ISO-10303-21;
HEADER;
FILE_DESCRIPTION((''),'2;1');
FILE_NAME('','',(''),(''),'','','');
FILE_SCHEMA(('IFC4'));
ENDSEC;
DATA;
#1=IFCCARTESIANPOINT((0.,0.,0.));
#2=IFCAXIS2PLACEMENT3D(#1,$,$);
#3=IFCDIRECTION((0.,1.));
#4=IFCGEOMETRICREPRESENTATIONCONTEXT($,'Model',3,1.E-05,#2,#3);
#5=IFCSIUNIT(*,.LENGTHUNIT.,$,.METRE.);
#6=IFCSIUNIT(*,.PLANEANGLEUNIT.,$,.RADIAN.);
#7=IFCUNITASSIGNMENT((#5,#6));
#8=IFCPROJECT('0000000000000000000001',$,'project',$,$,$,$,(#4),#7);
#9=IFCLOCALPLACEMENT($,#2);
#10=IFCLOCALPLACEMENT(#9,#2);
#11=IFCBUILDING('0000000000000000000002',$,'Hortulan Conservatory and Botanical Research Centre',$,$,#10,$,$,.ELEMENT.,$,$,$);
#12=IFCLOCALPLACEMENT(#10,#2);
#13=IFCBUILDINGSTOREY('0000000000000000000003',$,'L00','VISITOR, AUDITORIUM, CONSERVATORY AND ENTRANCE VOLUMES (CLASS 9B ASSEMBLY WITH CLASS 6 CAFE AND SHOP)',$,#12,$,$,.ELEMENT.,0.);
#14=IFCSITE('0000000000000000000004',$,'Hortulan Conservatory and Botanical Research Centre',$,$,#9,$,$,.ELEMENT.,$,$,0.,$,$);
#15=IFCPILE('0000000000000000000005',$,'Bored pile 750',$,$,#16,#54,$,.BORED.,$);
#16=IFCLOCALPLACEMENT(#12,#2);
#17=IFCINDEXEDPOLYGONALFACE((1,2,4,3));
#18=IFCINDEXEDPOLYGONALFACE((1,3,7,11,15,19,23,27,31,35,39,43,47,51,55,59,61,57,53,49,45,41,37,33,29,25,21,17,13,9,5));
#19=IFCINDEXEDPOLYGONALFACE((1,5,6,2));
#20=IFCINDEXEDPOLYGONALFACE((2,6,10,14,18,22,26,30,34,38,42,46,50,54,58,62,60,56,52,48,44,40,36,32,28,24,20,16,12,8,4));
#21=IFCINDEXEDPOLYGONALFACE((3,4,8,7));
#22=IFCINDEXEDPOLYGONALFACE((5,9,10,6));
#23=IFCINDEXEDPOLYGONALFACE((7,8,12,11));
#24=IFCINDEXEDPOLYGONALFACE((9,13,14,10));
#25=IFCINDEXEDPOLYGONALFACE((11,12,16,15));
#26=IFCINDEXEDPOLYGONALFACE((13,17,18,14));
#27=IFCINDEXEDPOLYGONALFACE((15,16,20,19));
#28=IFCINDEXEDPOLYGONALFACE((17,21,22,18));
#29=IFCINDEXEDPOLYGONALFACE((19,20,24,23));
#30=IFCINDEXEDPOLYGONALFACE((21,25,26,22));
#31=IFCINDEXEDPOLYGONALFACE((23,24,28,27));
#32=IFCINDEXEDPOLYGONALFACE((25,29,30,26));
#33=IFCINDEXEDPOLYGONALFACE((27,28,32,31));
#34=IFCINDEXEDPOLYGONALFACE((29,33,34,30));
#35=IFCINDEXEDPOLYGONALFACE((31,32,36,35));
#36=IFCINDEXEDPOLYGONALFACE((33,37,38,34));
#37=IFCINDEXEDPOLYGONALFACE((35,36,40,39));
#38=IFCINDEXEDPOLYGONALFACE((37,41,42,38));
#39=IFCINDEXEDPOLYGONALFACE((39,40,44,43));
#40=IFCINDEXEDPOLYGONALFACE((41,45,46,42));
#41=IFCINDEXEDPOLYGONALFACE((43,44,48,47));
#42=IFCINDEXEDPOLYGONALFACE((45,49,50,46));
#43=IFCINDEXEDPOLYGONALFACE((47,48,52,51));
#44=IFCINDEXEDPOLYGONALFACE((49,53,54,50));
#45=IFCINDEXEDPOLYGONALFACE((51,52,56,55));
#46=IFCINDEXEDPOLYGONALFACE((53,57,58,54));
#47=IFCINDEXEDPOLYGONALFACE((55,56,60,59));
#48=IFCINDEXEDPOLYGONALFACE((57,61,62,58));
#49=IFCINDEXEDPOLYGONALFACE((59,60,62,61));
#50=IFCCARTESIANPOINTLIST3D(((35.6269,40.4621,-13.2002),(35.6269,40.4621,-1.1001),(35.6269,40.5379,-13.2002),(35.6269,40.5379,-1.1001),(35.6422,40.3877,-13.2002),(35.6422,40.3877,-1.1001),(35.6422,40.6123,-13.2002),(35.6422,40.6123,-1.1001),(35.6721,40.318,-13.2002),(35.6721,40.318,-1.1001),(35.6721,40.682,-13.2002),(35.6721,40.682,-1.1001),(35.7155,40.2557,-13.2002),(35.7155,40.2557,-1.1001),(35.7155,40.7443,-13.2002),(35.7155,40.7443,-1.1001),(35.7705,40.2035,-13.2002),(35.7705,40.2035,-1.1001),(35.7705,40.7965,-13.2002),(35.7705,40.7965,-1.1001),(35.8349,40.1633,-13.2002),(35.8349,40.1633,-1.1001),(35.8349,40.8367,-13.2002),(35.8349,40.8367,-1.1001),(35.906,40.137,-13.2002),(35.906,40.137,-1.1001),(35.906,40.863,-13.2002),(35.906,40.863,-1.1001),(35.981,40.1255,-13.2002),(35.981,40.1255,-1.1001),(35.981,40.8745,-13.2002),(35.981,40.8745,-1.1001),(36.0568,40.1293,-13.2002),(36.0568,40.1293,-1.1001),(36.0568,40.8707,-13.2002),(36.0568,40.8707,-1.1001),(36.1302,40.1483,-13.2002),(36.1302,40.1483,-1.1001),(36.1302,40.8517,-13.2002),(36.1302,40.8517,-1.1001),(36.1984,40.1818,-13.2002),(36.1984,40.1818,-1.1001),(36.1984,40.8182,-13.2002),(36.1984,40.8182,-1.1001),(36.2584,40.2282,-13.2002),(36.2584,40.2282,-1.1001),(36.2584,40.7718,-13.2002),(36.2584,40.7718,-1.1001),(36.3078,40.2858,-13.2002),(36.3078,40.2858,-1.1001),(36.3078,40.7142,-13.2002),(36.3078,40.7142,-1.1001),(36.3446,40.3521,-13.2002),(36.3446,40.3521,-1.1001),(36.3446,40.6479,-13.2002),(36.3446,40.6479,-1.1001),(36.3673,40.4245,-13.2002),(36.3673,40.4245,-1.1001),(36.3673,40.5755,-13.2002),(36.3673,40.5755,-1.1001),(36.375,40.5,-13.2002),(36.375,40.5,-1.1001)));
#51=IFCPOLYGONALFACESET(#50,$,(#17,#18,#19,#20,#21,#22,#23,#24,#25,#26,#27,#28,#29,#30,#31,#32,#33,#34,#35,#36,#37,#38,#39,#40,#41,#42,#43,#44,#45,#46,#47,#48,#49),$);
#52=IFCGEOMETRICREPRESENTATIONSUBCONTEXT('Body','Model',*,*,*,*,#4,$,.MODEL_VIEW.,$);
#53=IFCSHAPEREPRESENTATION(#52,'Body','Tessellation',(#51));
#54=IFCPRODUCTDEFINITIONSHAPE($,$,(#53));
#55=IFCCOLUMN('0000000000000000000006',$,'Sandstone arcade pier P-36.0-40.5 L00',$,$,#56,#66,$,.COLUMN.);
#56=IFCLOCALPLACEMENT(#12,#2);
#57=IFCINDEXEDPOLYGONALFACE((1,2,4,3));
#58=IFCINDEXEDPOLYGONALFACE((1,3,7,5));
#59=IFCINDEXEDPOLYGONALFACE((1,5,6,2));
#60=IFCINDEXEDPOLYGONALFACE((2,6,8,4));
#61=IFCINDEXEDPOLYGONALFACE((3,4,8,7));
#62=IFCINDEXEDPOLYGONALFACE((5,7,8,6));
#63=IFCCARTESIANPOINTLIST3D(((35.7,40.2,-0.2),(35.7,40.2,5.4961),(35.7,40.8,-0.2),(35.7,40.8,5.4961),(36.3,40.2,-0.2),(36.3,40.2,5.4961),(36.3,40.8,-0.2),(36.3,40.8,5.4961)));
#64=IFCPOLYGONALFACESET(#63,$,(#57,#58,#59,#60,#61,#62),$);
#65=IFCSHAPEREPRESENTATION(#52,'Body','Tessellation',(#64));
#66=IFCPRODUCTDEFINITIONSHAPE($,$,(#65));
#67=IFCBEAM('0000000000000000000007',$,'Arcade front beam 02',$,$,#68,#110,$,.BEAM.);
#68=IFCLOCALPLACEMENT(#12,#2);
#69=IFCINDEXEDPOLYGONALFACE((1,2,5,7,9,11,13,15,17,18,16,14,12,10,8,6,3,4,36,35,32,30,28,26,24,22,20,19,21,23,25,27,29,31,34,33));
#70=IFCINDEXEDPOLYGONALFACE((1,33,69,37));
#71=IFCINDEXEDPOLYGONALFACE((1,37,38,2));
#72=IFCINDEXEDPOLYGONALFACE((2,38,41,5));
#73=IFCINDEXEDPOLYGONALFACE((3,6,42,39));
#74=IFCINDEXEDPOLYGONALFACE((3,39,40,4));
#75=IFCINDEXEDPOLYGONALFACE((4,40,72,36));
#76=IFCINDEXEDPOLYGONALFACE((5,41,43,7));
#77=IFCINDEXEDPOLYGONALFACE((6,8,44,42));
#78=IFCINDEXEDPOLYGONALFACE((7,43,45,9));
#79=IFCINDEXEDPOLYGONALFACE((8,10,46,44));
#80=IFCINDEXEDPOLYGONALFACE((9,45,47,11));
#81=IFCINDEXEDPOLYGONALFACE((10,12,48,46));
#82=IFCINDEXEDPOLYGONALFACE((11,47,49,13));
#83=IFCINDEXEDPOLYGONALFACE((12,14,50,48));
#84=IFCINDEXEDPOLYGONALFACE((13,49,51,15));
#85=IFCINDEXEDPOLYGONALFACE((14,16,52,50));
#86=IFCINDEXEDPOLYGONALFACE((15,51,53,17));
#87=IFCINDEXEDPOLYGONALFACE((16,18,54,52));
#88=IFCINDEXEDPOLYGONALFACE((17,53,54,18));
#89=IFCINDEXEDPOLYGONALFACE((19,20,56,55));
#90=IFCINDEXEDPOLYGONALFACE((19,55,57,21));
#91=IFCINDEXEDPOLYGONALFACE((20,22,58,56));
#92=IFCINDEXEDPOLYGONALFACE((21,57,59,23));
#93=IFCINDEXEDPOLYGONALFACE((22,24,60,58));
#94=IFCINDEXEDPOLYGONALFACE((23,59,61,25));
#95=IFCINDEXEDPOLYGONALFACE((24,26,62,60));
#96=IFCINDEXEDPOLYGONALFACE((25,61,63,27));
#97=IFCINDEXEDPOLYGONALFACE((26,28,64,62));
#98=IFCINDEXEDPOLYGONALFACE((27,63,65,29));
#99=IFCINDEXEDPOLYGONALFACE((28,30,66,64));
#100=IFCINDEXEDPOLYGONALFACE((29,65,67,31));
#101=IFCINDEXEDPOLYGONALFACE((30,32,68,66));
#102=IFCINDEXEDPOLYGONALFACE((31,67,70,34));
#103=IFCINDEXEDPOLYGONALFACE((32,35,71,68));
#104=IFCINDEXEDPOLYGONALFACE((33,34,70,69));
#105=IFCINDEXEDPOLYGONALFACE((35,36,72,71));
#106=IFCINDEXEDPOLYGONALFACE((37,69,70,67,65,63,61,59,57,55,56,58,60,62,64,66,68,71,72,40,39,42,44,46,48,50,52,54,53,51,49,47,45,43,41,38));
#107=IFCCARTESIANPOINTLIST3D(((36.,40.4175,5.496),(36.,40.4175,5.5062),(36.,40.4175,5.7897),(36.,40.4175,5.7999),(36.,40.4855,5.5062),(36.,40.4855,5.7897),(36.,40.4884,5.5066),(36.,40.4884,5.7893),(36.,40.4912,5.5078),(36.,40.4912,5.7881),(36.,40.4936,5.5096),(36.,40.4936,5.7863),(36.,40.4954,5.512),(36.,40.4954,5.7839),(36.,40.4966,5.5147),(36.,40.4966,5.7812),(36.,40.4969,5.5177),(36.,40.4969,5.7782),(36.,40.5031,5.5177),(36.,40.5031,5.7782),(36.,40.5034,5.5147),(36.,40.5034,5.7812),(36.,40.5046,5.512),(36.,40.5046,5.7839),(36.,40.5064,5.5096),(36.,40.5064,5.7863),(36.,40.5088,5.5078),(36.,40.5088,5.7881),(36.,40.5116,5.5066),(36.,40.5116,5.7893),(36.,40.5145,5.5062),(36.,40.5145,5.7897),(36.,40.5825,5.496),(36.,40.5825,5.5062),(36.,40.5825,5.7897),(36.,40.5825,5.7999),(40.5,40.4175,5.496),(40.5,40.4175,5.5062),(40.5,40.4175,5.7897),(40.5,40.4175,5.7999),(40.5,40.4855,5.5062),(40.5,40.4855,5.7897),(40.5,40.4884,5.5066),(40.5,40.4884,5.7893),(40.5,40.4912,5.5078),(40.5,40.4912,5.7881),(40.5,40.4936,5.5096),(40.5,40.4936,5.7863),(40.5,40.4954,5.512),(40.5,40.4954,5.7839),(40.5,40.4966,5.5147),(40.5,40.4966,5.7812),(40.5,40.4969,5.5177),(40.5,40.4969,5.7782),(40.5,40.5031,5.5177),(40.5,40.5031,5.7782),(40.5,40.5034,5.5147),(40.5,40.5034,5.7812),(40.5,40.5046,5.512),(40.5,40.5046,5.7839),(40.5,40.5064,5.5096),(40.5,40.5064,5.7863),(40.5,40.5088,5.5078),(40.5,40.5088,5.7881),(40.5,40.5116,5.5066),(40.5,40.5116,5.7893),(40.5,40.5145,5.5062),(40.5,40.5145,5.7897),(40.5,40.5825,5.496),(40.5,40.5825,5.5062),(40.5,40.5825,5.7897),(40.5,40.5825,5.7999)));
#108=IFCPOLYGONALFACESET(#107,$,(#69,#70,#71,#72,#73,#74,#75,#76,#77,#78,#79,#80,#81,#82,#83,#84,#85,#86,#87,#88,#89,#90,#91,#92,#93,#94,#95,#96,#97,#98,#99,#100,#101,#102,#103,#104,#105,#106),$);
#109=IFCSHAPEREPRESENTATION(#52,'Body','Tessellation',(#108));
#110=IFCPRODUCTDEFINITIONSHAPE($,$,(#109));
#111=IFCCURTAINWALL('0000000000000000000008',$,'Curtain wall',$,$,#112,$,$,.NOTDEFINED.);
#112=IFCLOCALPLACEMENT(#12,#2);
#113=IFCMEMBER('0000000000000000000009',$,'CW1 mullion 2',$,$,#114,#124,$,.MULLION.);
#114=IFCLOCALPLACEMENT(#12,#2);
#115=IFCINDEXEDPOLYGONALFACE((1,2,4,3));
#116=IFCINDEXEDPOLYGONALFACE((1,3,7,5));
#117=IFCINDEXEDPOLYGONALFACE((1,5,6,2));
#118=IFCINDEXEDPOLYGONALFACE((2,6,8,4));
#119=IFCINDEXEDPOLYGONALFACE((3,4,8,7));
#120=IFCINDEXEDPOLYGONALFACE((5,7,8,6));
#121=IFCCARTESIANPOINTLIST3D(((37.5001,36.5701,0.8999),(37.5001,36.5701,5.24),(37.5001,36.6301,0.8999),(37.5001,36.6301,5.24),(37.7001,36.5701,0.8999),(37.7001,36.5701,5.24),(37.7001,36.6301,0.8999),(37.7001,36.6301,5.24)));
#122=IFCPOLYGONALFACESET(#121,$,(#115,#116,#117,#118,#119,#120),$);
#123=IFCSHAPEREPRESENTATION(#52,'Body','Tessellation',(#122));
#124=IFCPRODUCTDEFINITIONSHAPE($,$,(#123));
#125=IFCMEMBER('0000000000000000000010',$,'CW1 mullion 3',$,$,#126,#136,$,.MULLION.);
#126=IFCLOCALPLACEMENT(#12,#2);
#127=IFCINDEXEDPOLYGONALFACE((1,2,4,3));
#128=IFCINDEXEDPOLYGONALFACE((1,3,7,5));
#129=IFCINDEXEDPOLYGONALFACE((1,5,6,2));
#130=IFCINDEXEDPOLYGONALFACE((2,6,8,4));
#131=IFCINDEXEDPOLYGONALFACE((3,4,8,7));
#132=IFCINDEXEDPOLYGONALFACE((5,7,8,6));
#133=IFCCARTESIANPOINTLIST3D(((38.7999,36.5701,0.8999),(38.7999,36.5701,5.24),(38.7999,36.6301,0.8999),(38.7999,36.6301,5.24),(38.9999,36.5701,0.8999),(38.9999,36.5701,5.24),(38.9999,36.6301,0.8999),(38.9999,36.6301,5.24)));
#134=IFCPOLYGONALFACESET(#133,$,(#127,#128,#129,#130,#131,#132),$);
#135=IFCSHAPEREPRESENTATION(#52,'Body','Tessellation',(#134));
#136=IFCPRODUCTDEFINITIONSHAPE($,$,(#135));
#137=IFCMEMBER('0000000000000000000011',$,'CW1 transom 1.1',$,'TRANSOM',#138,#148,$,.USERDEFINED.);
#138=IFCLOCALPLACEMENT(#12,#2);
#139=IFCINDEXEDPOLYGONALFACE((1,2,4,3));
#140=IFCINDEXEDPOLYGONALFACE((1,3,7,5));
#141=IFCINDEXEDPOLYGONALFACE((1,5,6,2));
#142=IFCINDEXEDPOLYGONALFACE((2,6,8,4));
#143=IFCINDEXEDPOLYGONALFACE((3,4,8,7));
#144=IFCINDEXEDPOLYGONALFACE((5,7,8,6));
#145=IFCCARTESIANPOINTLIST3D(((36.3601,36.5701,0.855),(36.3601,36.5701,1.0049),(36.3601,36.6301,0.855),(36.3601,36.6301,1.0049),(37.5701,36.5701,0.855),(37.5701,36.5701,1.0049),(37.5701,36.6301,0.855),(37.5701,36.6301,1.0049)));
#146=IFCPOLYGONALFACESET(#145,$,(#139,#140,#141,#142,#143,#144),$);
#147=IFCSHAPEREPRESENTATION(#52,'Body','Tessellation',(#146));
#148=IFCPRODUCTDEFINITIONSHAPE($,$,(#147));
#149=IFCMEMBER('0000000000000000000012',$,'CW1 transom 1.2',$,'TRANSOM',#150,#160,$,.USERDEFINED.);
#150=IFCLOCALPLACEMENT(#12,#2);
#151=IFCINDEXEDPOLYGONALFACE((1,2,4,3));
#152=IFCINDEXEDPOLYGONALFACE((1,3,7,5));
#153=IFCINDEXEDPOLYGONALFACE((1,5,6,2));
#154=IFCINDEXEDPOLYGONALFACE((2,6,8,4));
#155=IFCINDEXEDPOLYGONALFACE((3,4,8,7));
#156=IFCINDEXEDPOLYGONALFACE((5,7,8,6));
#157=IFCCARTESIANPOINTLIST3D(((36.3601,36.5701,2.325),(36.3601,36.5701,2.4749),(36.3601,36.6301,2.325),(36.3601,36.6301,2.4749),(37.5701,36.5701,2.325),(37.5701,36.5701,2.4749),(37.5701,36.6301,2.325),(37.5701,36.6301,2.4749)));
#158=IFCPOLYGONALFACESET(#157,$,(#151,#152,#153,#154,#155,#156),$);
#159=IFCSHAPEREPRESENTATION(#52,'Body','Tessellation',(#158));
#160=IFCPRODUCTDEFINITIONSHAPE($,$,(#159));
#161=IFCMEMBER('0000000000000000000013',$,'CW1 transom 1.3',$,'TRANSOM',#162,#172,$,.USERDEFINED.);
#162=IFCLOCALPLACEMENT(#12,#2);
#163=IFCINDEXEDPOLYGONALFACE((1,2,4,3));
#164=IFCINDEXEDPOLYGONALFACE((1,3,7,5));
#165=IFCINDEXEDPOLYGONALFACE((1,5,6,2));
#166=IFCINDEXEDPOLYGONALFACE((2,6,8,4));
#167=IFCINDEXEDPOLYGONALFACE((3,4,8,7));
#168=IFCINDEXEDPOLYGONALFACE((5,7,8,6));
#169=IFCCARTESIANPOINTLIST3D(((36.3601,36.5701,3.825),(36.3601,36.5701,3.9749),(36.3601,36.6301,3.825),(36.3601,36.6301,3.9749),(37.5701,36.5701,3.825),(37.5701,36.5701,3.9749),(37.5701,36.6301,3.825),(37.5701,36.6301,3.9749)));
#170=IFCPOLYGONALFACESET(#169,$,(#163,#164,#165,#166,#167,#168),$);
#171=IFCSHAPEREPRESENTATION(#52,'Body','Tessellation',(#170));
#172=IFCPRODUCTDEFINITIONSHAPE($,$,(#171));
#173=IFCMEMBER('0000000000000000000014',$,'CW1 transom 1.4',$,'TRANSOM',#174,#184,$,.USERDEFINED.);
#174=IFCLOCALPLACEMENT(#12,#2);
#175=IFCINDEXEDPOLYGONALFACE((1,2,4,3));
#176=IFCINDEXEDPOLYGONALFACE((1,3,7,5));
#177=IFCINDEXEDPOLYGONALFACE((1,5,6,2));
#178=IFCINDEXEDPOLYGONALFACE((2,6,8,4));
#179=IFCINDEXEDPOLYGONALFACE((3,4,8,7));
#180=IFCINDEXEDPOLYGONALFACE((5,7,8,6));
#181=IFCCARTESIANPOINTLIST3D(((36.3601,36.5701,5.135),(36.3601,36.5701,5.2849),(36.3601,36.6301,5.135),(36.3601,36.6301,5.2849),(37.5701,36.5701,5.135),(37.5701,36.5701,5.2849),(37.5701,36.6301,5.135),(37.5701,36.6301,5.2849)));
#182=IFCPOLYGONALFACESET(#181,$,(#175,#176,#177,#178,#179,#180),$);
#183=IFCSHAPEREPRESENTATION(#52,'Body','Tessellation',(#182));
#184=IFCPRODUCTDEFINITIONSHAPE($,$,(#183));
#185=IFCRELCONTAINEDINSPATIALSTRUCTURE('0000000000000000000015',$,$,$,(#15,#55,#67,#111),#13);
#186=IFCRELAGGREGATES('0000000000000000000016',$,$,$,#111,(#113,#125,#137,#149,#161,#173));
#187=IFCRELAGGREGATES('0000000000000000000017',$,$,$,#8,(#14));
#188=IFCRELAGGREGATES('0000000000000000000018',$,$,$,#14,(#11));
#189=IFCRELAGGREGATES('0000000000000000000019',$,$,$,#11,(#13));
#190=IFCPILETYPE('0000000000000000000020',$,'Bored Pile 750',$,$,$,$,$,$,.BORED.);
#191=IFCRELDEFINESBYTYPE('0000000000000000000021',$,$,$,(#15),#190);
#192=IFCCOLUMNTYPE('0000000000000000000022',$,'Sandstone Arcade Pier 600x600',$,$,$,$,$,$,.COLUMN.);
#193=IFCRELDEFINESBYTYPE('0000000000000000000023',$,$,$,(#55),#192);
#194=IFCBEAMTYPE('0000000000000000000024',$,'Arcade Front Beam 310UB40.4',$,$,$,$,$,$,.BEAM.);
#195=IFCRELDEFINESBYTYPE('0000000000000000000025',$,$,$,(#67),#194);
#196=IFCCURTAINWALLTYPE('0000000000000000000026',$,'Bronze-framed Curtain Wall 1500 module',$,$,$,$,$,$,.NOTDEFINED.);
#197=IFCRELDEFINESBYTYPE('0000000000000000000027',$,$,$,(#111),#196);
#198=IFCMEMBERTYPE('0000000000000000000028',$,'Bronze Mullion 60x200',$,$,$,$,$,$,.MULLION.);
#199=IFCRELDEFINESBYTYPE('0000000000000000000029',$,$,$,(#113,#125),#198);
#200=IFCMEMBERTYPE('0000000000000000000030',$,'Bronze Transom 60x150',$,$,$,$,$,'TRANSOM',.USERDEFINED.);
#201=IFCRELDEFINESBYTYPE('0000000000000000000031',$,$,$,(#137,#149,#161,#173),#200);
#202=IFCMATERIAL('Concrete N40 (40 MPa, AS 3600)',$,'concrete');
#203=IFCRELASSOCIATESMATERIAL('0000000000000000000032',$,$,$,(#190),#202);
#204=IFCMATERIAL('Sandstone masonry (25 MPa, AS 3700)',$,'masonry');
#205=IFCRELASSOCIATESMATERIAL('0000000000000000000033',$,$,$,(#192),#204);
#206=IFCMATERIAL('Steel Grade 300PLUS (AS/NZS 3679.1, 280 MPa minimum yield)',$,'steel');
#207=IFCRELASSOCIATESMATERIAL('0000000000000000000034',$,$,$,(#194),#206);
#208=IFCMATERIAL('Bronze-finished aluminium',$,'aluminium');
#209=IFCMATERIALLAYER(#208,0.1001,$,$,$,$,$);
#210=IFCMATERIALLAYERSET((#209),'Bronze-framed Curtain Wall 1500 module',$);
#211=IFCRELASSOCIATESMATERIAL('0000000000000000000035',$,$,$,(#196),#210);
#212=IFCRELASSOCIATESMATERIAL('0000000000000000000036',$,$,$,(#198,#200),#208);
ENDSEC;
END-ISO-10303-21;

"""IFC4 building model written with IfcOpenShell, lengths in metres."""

from ifc_helpers import new_model, si_unit, direction, frame, origin, origin_2d, place, context, subcontext, project, spatial, rectangle, circle, i_section, extrude, material, layer, layer_set, material_profile, profile_set, type_object, element, aggregate, save


model = new_model("IFC4")

# Units and contexts
model_context = context("Model", 3, precision=1e-05, world=origin(), true_north=direction((0.0, 1.0)))
body_context = subcontext(model_context, "Body", "Model", "MODEL_VIEW")
ifc_project = project(units=[si_unit("LENGTHUNIT", "METRE"), si_unit("PLANEANGLEUNIT", "RADIAN")], contexts=[model_context])

# Site, building, storey
site_placement = place(None, origin())
site = spatial("IfcSite", under=ifc_project, at=site_placement, Name="Hortulan Conservatory and Botanical Research Centre", CompositionType="ELEMENT", RefElevation=0.0)
building_placement = place(site_placement, origin())
building = spatial("IfcBuilding", under=site, at=building_placement, Name="Hortulan Conservatory and Botanical Research Centre", CompositionType="ELEMENT")
storey_placement = place(building_placement, origin())
storey = spatial("IfcBuildingStorey", under=building, at=storey_placement, Name="L00", Description="VISITOR, AUDITORIUM, CONSERVATORY AND ENTRANCE VOLUMES (CLASS 9B ASSEMBLY WITH CLASS 6 CAFE AND SHOP)", CompositionType="ELEMENT", Elevation=0.0)

# Pile
ifc_material_1 = material(Name="Concrete N40 (40 MPa, AS 3600)", Category="concrete")
ifc_material_profile_1 = material_profile(ifc_material_1, circle(Radius=0.375, at=origin_2d()), Name="Bored pile 750 diameter")
ifc_profile_set_1 = profile_set([ifc_material_profile_1], Name="Concrete N40 (40 MPa, AS 3600)")
pile_type = type_object("IfcPileType", Name="Bored Pile 750", PredefinedType="BORED", material=ifc_profile_set_1)
pile_placement = place(storey_placement, frame((36.0, 40.5, -1.1001), z_axis=(0.0, 0.0, -1.0), x_axis=(1.0, 0.0, 0.0)))
element("IfcPile", 1, at=pile_placement, inside=storey, type_object=pile_type, Name="Bored pile 750", PredefinedType="BORED", context=body_context, shape_type="SweptSolid", body=[
    extrude(circle(Radius=0.375, at=origin_2d()), origin(), (0.0, 0.0, 1.0), 12.1001),
])

# Column
ifc_material_2 = material(Name="Sandstone masonry (25 MPa, AS 3700)", Category="masonry")
ifc_material_profile_2 = material_profile(ifc_material_2, rectangle(XDim=0.6001, YDim=0.6001, at=origin_2d()), Name="Square pier 600")
ifc_profile_set_2 = profile_set([ifc_material_profile_2], Name="Sandstone masonry (25 MPa, AS 3700)")
column_type = type_object("IfcColumnType", Name="Sandstone Arcade Pier 600x600", PredefinedType="COLUMN", material=ifc_profile_set_2)
column_placement = place(storey_placement, frame((36.0, 40.5, -0.2), z_axis=(0.0, 0.0, 1.0), x_axis=(1.0, 0.0, 0.0)))
element("IfcColumn", 2, at=column_placement, inside=storey, type_object=column_type, Name="Sandstone arcade pier P-36.0-40.5 L00", PredefinedType="COLUMN", context=body_context, shape_type="SweptSolid", body=[
    extrude(rectangle(XDim=0.6001, YDim=0.6001, at=origin_2d()), origin(), (0.0, 0.0, 1.0), 5.696),
])

# Beam
ifc_material_3 = material(Name="Steel Grade 300PLUS (AS/NZS 3679.1, 280 MPa minimum yield)", Category="steel")
ifc_material_profile_3 = material_profile(ifc_material_3, i_section(OverallWidth=0.165, OverallDepth=0.304, WebThickness=0.0061, FlangeThickness=0.0103, FilletRadius=0.0115, at=origin_2d()), Name="310UB40.4")
ifc_profile_set_3 = profile_set([ifc_material_profile_3], Name="Steel Grade 300PLUS (AS/NZS 3679.1, 280 MPa minimum yield)")
beam_type_1 = type_object("IfcBeamType", Name="Arcade Front Beam 310UB40.4", PredefinedType="BEAM", material=ifc_profile_set_3)
beam_1_placement = place(storey_placement, frame((36.0, 40.5, 5.6479), z_axis=(1.0, 0.0, 0.0), x_axis=(0.0, 1.0, 0.0)))
element("IfcBeam", 3, at=beam_1_placement, inside=storey, type_object=beam_type_1, Name="Arcade front beam 02", PredefinedType="BEAM", context=body_context, shape_type="SweptSolid", body=[
    extrude(i_section(OverallWidth=0.165, OverallDepth=0.304, WebThickness=0.0061, FlangeThickness=0.0103, FilletRadius=0.0115, at=origin_2d()), origin(), (0.0, 0.0, 1.0), 4.5),
])

# Curtain wall, members
ifc_material_4 = material(Name="Bronze-finished aluminium", Category="aluminium")
ifc_layer_1 = layer(ifc_material_4, 0.1001)
ifc_layer_set_1 = layer_set([ifc_layer_1], Name="Bronze-framed Curtain Wall 1500 module")
curtain_wall_type = type_object("IfcCurtainWallType", Name="Bronze-framed Curtain Wall 1500 module", PredefinedType="NOTDEFINED", material=ifc_layer_set_1)
curtain_wall_placement = place(storey_placement, origin())
curtain_wall = element("IfcCurtainWall", 4, at=curtain_wall_placement, inside=storey, type_object=curtain_wall_type, Name="Curtain wall", PredefinedType="NOTDEFINED")
ifc_material_profile_4 = material_profile(ifc_material_4, rectangle(XDim=0.0601, YDim=0.2, at=origin_2d()), Name="Bronze Mullion 60x200")
ifc_profile_set_4 = profile_set([ifc_material_profile_4], Name="Bronze-finished aluminium")
member_type_1 = type_object("IfcMemberType", Name="Bronze Mullion 60x200", PredefinedType="MULLION", material=ifc_profile_set_4)
member_1_placement = place(storey_placement, frame((37.6001, 36.6001, 0.8999), z_axis=(0.0, 0.0, 1.0), x_axis=(0.0, 1.0, 0.0)))
member_1 = element("IfcMember", 5, at=member_1_placement, type_object=member_type_1, Name="CW1 mullion 2", PredefinedType="MULLION", context=body_context, shape_type="SweptSolid", body=[
    extrude(rectangle(XDim=0.0601, YDim=0.2, at=origin_2d()), origin(), (0.0, 0.0, 1.0), 4.3401),
])
member_2_placement = place(storey_placement, frame((38.8999, 36.6001, 0.8999), z_axis=(0.0, 0.0, 1.0), x_axis=(0.0, 1.0, 0.0)))
member_2 = element("IfcMember", 6, at=member_2_placement, type_object=member_type_1, Name="CW1 mullion 3", PredefinedType="MULLION", context=body_context, shape_type="SweptSolid", body=[
    extrude(rectangle(XDim=0.0601, YDim=0.2, at=origin_2d()), origin(), (0.0, 0.0, 1.0), 4.3401),
])
ifc_material_profile_5 = material_profile(ifc_material_4, rectangle(XDim=0.0601, YDim=0.1499, at=origin_2d()), Name="Bronze Transom 60x150")
ifc_profile_set_5 = profile_set([ifc_material_profile_5], Name="Bronze-finished aluminium")
member_type_2 = type_object("IfcMemberType", Name="Bronze Transom 60x150", ElementType="TRANSOM", PredefinedType="USERDEFINED", material=ifc_profile_set_5)
member_3_placement = place(storey_placement, frame((36.3601, 36.6001, 0.9299), z_axis=(1.0, 0.0, 0.0), x_axis=(0.0, 1.0, 0.0)))
member_3 = element("IfcMember", 7, at=member_3_placement, type_object=member_type_2, Name="CW1 transom 1.1", ObjectType="TRANSOM", PredefinedType="USERDEFINED", context=body_context, shape_type="SweptSolid", body=[
    extrude(rectangle(XDim=0.0601, YDim=0.1499, at=origin_2d()), origin(), (0.0, 0.0, 1.0), 1.21),
])
member_4_placement = place(storey_placement, frame((36.3601, 36.6001, 2.3999), z_axis=(1.0, 0.0, 0.0), x_axis=(0.0, 1.0, 0.0)))
member_4 = element("IfcMember", 8, at=member_4_placement, type_object=member_type_2, Name="CW1 transom 1.2", ObjectType="TRANSOM", PredefinedType="USERDEFINED", context=body_context, shape_type="SweptSolid", body=[
    extrude(rectangle(XDim=0.0601, YDim=0.1499, at=origin_2d()), origin(), (0.0, 0.0, 1.0), 1.21),
])
member_5_placement = place(storey_placement, frame((36.3601, 36.6001, 3.8999), z_axis=(1.0, 0.0, 0.0), x_axis=(0.0, 1.0, 0.0)))
member_5 = element("IfcMember", 9, at=member_5_placement, type_object=member_type_2, Name="CW1 transom 1.3", ObjectType="TRANSOM", PredefinedType="USERDEFINED", context=body_context, shape_type="SweptSolid", body=[
    extrude(rectangle(XDim=0.0601, YDim=0.1499, at=origin_2d()), origin(), (0.0, 0.0, 1.0), 1.21),
])
member_6_placement = place(storey_placement, frame((36.3601, 36.6001, 5.21), z_axis=(1.0, 0.0, 0.0), x_axis=(0.0, 1.0, 0.0)))
member_6 = element("IfcMember", 10, at=member_6_placement, type_object=member_type_2, Name="CW1 transom 1.4", ObjectType="TRANSOM", PredefinedType="USERDEFINED", context=body_context, shape_type="SweptSolid", body=[
    extrude(rectangle(XDim=0.0601, YDim=0.1499, at=origin_2d()), origin(), (0.0, 0.0, 1.0), 1.21),
])

aggregate(curtain_wall, [member_1, member_2, member_3, member_4, member_5, member_6])

save(model, "model.ifc")
